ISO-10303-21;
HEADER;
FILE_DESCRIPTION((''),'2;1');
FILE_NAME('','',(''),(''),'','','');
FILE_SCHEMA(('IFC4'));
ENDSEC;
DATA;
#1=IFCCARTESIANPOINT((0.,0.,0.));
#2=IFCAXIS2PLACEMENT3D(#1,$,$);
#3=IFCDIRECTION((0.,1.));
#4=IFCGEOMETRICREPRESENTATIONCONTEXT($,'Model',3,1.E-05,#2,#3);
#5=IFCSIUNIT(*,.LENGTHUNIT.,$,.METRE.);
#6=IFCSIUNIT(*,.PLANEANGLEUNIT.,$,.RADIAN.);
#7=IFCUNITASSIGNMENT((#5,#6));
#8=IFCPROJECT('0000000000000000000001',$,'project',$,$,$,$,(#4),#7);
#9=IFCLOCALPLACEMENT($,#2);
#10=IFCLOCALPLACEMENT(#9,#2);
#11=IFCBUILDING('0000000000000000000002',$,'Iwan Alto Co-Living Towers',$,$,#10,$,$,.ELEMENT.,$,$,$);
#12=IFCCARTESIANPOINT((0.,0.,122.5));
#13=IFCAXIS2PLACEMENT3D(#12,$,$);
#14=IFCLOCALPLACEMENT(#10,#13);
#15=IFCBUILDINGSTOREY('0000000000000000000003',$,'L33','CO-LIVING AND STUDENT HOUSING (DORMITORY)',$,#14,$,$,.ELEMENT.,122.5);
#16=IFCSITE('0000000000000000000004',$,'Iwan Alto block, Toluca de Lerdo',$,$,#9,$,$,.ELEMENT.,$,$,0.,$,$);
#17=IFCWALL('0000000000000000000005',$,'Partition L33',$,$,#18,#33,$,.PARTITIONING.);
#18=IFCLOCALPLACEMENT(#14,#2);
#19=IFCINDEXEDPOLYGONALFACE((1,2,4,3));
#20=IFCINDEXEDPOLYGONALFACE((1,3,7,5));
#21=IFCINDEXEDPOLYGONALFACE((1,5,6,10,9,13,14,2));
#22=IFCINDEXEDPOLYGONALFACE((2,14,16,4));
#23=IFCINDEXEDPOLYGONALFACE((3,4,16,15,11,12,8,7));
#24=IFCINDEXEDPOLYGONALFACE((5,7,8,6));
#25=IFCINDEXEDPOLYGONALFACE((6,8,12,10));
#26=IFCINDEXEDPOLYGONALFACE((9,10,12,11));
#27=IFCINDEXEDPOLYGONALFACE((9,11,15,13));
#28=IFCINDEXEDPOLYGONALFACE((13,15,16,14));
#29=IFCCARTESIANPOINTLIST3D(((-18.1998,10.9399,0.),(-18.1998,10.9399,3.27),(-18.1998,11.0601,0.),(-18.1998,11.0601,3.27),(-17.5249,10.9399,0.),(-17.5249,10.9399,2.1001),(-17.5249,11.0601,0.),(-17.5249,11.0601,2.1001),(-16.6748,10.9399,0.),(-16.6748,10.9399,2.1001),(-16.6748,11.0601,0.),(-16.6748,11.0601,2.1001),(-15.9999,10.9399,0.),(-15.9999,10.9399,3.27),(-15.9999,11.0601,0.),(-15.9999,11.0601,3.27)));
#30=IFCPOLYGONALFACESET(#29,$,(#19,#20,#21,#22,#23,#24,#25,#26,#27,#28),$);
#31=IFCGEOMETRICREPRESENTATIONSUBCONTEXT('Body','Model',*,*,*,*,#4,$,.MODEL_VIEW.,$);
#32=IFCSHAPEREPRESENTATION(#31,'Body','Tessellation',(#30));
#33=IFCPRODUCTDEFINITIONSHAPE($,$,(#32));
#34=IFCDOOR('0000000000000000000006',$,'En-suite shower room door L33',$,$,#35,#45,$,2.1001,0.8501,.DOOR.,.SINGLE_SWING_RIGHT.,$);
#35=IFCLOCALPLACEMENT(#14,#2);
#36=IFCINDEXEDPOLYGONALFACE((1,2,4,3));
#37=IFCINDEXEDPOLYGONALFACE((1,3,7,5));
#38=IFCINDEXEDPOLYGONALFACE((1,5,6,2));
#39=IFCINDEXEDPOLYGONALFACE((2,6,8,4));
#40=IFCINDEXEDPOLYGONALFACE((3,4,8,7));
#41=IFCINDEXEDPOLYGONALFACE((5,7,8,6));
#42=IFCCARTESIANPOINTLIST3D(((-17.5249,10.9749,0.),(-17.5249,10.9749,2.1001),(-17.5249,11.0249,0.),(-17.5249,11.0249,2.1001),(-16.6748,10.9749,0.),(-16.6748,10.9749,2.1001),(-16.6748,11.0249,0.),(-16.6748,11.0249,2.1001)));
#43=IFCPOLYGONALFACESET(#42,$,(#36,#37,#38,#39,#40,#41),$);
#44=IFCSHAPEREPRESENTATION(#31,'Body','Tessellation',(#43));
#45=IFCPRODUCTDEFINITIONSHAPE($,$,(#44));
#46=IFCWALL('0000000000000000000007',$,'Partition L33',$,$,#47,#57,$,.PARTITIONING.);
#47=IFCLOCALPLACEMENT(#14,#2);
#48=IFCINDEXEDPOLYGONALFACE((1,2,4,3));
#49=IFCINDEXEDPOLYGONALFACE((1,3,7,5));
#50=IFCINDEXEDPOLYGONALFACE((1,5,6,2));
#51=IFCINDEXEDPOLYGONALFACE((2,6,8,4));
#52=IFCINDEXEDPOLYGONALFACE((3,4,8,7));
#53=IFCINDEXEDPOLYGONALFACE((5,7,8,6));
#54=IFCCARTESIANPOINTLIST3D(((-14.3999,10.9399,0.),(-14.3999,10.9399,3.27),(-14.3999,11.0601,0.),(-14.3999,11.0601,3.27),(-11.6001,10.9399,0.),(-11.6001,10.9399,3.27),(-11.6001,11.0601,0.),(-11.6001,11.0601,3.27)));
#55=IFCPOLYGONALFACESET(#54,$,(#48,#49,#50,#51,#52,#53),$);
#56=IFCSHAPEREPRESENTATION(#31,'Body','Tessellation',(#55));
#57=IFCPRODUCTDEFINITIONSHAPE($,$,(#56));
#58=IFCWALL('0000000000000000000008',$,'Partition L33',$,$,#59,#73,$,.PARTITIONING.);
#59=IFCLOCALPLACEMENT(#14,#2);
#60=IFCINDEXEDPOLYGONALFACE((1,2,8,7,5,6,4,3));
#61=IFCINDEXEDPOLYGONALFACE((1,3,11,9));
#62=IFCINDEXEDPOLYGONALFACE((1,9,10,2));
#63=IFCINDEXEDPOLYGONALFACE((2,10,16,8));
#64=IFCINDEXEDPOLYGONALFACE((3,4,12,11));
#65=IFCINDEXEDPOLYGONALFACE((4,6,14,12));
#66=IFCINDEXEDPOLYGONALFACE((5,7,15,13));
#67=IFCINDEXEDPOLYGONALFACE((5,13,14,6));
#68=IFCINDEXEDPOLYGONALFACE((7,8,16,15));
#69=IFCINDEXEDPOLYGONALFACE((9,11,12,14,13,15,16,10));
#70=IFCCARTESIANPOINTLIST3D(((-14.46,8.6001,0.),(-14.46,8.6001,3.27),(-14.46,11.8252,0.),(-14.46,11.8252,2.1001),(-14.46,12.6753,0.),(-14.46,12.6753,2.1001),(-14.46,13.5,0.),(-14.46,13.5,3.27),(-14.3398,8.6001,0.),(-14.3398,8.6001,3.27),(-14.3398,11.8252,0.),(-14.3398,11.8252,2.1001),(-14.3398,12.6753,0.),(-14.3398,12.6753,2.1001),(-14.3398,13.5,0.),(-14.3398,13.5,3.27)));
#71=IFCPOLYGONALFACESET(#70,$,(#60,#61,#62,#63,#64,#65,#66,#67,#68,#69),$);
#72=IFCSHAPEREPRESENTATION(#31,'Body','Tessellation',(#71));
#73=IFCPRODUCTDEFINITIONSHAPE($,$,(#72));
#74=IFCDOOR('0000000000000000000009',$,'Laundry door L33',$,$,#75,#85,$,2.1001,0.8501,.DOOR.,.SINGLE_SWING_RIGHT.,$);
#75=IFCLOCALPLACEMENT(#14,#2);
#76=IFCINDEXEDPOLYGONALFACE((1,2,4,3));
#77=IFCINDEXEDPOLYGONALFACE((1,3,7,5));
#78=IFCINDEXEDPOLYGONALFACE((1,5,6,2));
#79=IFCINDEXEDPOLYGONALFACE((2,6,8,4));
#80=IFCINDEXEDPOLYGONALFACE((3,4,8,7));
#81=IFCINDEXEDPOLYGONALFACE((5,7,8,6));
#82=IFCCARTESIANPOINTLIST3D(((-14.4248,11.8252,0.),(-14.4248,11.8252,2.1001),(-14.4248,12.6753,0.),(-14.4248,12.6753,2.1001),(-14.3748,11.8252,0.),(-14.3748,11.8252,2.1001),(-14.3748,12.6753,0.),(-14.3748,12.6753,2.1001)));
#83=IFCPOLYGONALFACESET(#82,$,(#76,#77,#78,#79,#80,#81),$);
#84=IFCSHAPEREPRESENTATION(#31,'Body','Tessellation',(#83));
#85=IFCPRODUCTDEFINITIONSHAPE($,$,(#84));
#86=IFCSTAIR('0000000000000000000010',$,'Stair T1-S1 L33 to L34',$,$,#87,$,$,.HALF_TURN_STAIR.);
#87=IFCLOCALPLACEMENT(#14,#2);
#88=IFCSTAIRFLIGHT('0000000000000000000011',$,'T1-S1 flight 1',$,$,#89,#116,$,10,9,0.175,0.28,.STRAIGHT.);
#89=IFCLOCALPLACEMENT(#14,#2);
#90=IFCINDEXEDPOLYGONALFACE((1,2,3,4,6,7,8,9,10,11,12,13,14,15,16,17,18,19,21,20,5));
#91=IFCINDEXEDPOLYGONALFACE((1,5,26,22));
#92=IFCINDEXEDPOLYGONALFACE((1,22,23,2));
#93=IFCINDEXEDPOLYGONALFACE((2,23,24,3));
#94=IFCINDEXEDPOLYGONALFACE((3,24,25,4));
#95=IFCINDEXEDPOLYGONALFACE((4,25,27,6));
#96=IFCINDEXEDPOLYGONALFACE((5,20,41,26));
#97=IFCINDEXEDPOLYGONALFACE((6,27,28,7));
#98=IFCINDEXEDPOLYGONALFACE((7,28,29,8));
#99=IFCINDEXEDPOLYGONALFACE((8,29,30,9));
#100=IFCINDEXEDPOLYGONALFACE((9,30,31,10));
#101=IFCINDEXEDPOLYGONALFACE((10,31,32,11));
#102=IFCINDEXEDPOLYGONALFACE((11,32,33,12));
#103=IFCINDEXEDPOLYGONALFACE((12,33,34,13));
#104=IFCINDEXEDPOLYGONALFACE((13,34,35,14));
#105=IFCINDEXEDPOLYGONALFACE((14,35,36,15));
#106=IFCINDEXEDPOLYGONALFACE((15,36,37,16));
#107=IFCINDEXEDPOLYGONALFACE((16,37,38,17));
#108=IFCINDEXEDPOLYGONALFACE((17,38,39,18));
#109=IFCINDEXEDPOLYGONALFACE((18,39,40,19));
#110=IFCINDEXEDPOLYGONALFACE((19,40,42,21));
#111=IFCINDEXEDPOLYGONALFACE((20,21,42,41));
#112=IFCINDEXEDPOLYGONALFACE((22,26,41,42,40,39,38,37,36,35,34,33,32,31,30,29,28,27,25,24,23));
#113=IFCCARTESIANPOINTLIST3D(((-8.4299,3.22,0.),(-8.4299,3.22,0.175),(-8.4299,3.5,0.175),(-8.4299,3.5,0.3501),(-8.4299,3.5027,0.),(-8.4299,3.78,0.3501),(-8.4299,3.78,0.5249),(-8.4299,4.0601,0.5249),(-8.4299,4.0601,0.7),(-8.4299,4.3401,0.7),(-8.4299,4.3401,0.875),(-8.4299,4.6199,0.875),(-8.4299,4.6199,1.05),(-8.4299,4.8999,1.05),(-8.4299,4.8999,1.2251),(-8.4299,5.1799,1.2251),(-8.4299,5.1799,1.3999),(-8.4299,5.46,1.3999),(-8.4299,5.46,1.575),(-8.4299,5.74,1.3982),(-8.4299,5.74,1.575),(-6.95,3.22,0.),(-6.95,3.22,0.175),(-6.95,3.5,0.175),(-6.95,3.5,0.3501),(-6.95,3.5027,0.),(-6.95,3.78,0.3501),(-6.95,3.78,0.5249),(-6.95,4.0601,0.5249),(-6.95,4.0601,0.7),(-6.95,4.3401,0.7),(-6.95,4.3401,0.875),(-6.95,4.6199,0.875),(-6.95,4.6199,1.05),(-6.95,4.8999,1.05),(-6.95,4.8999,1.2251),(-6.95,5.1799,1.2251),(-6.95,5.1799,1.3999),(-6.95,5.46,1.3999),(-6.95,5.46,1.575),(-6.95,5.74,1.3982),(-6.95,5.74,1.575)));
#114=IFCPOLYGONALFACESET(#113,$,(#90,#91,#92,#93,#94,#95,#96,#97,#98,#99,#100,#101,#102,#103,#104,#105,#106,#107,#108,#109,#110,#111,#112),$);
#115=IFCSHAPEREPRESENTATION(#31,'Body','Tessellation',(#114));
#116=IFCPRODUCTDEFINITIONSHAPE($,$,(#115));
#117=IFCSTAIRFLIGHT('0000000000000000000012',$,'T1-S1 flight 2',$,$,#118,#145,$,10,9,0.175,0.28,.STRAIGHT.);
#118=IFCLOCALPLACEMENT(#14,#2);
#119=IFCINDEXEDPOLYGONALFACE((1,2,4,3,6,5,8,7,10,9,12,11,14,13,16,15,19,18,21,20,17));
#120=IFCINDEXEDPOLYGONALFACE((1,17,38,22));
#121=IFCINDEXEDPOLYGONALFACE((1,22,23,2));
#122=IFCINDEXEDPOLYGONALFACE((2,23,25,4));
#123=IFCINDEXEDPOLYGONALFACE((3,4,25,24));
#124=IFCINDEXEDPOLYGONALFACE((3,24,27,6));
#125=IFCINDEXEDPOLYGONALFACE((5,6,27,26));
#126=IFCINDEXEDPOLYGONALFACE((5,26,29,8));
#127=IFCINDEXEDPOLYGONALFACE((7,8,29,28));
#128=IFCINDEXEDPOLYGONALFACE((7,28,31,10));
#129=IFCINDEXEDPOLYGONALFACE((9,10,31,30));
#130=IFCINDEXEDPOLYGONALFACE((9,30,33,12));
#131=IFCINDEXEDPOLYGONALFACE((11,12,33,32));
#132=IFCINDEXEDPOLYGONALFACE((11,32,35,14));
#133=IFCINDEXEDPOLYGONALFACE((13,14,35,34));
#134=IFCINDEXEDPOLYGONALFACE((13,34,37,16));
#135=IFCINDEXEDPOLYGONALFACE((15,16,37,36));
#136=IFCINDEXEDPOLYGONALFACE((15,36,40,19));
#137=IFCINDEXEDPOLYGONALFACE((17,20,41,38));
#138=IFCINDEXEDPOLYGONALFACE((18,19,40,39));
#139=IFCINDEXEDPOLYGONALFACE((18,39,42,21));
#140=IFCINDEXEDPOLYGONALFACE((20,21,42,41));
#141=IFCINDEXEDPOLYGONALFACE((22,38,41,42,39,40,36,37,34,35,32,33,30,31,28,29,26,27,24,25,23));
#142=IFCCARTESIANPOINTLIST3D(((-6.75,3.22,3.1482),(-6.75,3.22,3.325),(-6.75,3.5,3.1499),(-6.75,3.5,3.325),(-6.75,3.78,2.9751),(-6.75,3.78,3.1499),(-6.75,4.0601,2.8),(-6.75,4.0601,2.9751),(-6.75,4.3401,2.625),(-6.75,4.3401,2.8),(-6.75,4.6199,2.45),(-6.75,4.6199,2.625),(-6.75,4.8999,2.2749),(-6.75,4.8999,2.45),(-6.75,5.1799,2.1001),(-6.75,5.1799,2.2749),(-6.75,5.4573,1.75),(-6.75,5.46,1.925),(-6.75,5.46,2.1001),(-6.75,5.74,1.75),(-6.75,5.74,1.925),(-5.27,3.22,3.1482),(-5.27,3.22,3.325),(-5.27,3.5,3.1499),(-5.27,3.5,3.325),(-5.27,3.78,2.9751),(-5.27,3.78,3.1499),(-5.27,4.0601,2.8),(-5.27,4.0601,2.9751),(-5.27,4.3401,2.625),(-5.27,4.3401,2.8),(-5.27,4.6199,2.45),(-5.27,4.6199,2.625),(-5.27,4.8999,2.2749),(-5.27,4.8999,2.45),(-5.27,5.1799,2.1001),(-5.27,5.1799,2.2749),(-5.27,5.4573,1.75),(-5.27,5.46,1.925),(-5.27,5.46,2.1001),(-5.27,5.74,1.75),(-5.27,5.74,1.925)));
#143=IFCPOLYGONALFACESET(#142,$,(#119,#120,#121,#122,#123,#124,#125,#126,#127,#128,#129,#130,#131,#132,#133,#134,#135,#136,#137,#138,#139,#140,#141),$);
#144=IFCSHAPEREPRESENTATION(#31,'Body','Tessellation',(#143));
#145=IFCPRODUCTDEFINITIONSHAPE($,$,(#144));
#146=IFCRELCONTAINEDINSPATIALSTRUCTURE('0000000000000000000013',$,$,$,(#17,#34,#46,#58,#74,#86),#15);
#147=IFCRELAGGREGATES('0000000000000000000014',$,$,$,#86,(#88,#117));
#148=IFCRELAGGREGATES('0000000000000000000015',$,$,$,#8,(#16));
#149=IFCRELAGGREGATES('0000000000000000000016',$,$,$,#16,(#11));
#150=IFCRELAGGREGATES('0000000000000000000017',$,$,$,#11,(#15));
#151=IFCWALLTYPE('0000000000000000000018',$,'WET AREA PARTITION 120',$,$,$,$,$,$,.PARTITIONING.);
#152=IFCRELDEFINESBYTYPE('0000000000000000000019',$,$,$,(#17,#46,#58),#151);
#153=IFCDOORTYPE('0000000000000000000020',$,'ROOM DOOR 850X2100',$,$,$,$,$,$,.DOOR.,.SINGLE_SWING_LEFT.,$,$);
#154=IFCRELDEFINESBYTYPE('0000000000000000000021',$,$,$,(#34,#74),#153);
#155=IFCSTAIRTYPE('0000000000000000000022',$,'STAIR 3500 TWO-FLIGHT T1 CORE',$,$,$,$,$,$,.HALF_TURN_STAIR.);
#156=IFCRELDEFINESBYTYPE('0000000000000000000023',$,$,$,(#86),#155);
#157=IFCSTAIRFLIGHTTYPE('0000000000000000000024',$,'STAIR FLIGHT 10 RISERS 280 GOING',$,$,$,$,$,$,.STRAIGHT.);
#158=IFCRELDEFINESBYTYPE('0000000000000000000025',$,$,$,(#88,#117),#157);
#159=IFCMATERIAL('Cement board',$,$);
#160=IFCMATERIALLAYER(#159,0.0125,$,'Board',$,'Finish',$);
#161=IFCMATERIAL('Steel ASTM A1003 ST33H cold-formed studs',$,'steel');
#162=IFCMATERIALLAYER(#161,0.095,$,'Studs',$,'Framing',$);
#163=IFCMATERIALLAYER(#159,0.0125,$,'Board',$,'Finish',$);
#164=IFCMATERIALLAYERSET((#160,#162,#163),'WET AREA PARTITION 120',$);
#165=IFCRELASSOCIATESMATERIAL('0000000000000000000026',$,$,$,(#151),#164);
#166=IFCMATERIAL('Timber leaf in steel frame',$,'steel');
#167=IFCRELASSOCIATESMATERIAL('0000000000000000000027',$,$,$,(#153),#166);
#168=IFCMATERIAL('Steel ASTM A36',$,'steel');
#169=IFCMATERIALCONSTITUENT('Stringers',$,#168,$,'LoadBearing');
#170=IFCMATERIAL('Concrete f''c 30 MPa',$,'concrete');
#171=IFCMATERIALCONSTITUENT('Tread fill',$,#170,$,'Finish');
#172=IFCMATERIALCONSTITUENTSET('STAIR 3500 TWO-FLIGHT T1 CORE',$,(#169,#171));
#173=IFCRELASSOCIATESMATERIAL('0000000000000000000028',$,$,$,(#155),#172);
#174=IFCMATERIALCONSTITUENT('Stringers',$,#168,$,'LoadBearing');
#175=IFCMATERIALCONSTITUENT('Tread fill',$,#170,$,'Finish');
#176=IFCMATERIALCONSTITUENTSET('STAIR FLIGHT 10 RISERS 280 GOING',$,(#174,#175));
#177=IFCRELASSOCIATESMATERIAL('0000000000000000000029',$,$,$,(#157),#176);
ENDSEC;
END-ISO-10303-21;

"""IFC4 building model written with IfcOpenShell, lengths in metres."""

from ifc_helpers import new_model, si_unit, direction, frame, frame_2d, origin, place, context, subcontext, project, spatial, polyline, rectangle, outline, extrude, material, layer, layer_set, constituent, constituent_set, type_object, element, fill, aggregate, save


model = new_model("IFC4")

# Units and contexts
model_context = context("Model", 3, precision=1e-05, world=origin(), true_north=direction((0.0, 1.0)))
body_context = subcontext(model_context, "Body", "Model", "MODEL_VIEW")
ifc_project = project(units=[si_unit("LENGTHUNIT", "METRE"), si_unit("PLANEANGLEUNIT", "RADIAN")], contexts=[model_context])

# Site, building, storey
site_placement = place(None, origin())
site = spatial("IfcSite", under=ifc_project, at=site_placement, Name="Iwan Alto block, Toluca de Lerdo", CompositionType="ELEMENT", RefElevation=0.0)
building_placement = place(site_placement, origin())
building = spatial("IfcBuilding", under=site, at=building_placement, Name="Iwan Alto Co-Living Towers", CompositionType="ELEMENT")
storey_placement = place(building_placement, frame((0.0, 0.0, 122.5)))
storey = spatial("IfcBuildingStorey", under=building, at=storey_placement, Name="L33", Description="CO-LIVING AND STUDENT HOUSING (DORMITORY)", CompositionType="ELEMENT", Elevation=122.5)

# Shared definitions
ifc_material_1 = material(Name="Steel ASTM A1003 ST33H cold-formed studs", Category="steel")

# Wall, opening, door
ifc_material_2 = material(Name="Cement board")
ifc_layer_1 = layer(ifc_material_2, 0.0125, Name="Board", Category="Finish")
ifc_layer_2 = layer(ifc_material_1, 0.095, Name="Studs", Category="Framing")
ifc_layer_3 = layer(ifc_material_2, 0.0125, Name="Board", Category="Finish")
ifc_layer_set_1 = layer_set([ifc_layer_1, ifc_layer_2, ifc_layer_3], Name="WET AREA PARTITION 120")
wall_type_1 = type_object("IfcWallType", Name="WET AREA PARTITION 120", PredefinedType="PARTITIONING", material=ifc_layer_set_1)
ifc_material_3 = material(Name="Timber leaf in steel frame", Category="steel")
door_type_1 = type_object("IfcDoorType", Name="ROOM DOOR 850X2100", OperationType="SINGLE_SWING_LEFT", PredefinedType="DOOR", material=ifc_material_3)
wall_1_placement = place(storey_placement, frame((-18.2, 11.0, 0.0), z_axis=(0.0, 0.0, 1.0), x_axis=(1.0, 0.0, 0.0)))
wall_1 = element("IfcWall", 1, at=wall_1_placement, inside=storey, type_object=wall_type_1, Name="Partition L33", PredefinedType="PARTITIONING", context=body_context, shape_type="SweptSolid", body=[
    extrude(rectangle(XDim=2.2, YDim=0.1201, at=frame_2d((1.1001, 0.0))), origin(), (0.0, 0.0, 1.0), 3.27),
])
opening_1_placement = place(wall_1_placement, frame((0.675, 0.0, 0.0)))
opening_1 = element("IfcOpeningElement", 2, at=opening_1_placement, cuts=wall_1, PredefinedType="OPENING", context=body_context, shape_type="SweptSolid", body=[
    extrude(rectangle(XDim=0.8501, YDim=2.1001, at=frame_2d((0.425, 1.05))), frame((0.0, 0.0701, 0.0), z_axis=(0.0, -1.0, 0.0), x_axis=(1.0, 0.0, 0.0)), (0.0, 0.0, 1.0), 0.1401),
])
door_1_placement = place(opening_1_placement, origin())
door_1 = element("IfcDoor", 3, at=door_1_placement, inside=storey, type_object=door_type_1, Name="En-suite shower room door L33", OperationType="SINGLE_SWING_RIGHT", OverallHeight=2.1001, OverallWidth=0.8501, PredefinedType="DOOR", context=body_context, shape_type="SweptSolid", body=[
    extrude(rectangle(XDim=0.8501, YDim=2.1001, at=frame_2d((0.425, 1.05))), frame((0.0, 0.0249, 0.0), z_axis=(0.0, -1.0, 0.0), x_axis=(1.0, 0.0, 0.0)), (0.0, 0.0, 1.0), 0.05),
])
fill(opening_1, door_1)

# Wall
wall_2_placement = place(storey_placement, frame((-14.3999, 11.0, 0.0), z_axis=(0.0, 0.0, 1.0), x_axis=(1.0, 0.0, 0.0)))
element("IfcWall", 4, at=wall_2_placement, inside=storey, type_object=wall_type_1, Name="Partition L33", PredefinedType="PARTITIONING", context=body_context, shape_type="SweptSolid", body=[
    extrude(rectangle(XDim=2.7998, YDim=0.1201, at=frame_2d((1.3999, 0.0))), origin(), (0.0, 0.0, 1.0), 3.27),
])

# Wall, opening, door
wall_3_placement = place(storey_placement, frame((-14.3999, 8.6001, 0.0), z_axis=(0.0, 0.0, 1.0), x_axis=(0.0, 1.0, 0.0)))
wall_3 = element("IfcWall", 5, at=wall_3_placement, inside=storey, type_object=wall_type_1, Name="Partition L33", PredefinedType="PARTITIONING", context=body_context, shape_type="SweptSolid", body=[
    extrude(rectangle(XDim=4.8999, YDim=0.1201, at=frame_2d((2.45, 0.0))), origin(), (0.0, 0.0, 1.0), 3.27),
])
opening_2_placement = place(wall_3_placement, frame((3.2251, 0.0, 0.0)))
opening_2 = element("IfcOpeningElement", 6, at=opening_2_placement, cuts=wall_3, PredefinedType="OPENING", context=body_context, shape_type="SweptSolid", body=[
    extrude(rectangle(XDim=0.8501, YDim=2.1001, at=frame_2d((0.425, 1.05))), frame((0.0, 0.0701, 0.0), z_axis=(0.0, -1.0, 0.0), x_axis=(1.0, 0.0, 0.0)), (0.0, 0.0, 1.0), 0.1401),
])
door_2_placement = place(opening_2_placement, origin())
door_2 = element("IfcDoor", 7, at=door_2_placement, inside=storey, type_object=door_type_1, Name="Laundry door L33", OperationType="SINGLE_SWING_RIGHT", OverallHeight=2.1001, OverallWidth=0.8501, PredefinedType="DOOR", context=body_context, shape_type="SweptSolid", body=[
    extrude(rectangle(XDim=0.8501, YDim=2.1001, at=frame_2d((0.425, 1.05))), frame((0.0, 0.0249, 0.0), z_axis=(0.0, -1.0, 0.0), x_axis=(1.0, 0.0, 0.0)), (0.0, 0.0, 1.0), 0.05),
])
fill(opening_2, door_2)

# Stair, stair flights
ifc_material_4 = material(Name="Steel ASTM A36", Category="steel")
ifc_constituent_1 = constituent(ifc_material_4, Name="Stringers", Category="LoadBearing")
ifc_material_5 = material(Name="Concrete f'c 30 MPa", Category="concrete")
ifc_constituent_2 = constituent(ifc_material_5, Name="Tread fill", Category="Finish")
ifc_constituent_set_1 = constituent_set(constituents=[ifc_constituent_1, ifc_constituent_2], Name="STAIR 3500 TWO-FLIGHT T1 CORE")
stair_type = type_object("IfcStairType", Name="STAIR 3500 TWO-FLIGHT T1 CORE", PredefinedType="HALF_TURN_STAIR", material=ifc_constituent_set_1)
stair_placement = place(storey_placement, origin())
stair = element("IfcStair", 8, at=stair_placement, inside=storey, type_object=stair_type, Name="Stair T1-S1 L33 to L34", PredefinedType="HALF_TURN_STAIR")
ifc_constituent_3 = constituent(ifc_material_4, Name="Stringers", Category="LoadBearing")
ifc_constituent_4 = constituent(ifc_material_5, Name="Tread fill", Category="Finish")
ifc_constituent_set_2 = constituent_set(constituents=[ifc_constituent_3, ifc_constituent_4], Name="STAIR FLIGHT 10 RISERS 280 GOING")
stair_flight_type = type_object("IfcStairFlightType", Name="STAIR FLIGHT 10 RISERS 280 GOING", PredefinedType="STRAIGHT", material=ifc_constituent_set_2)
stair_flight_1_placement = place(storey_placement, frame((-7.6899, 3.22, 0.0), z_axis=(0.0, 0.0, 1.0), x_axis=(0.0, 1.0, 0.0)))
stair_flight_1 = element("IfcStairFlight", 9, at=stair_flight_1_placement, type_object=stair_flight_type, Name="T1-S1 flight 1", NumberOfRisers=10, NumberOfTreads=9, PredefinedType="STRAIGHT", RiserHeight=0.175, TreadLength=0.28, context=body_context, shape_type="SweptSolid", body=[
    extrude(outline(polyline([(0.0, 0.0), (0.0, 0.175), (0.28, 0.175), (0.28, 0.3501), (0.5601, 0.3501), (0.5601, 0.5249), (0.8401, 0.5249), (0.8401, 0.7), (1.1201, 0.7), (1.1201, 0.875), (1.3999, 0.875), (1.3999, 1.05), (1.6799, 1.05), (1.6799, 1.2251), (1.96, 1.2251), (1.96, 1.3999), (2.24, 1.3999), (2.24, 1.575), (2.52, 1.575), (2.52, 1.75), (2.52, 1.3982), (0.2827, 0.0), (0.0, 0.0)])), frame((0.0, 0.74, 0.0), z_axis=(0.0, -1.0, 0.0), x_axis=(1.0, 0.0, 0.0)), (0.0, 0.0, 1.0), 1.48),
])
stair_flight_2_placement = place(storey_placement, frame((-6.01, 5.74, 1.75), z_axis=(0.0, 0.0, 1.0), x_axis=(0.0, -1.0, 0.0)))
stair_flight_2 = element("IfcStairFlight", 10, at=stair_flight_2_placement, type_object=stair_flight_type, Name="T1-S1 flight 2", NumberOfRisers=10, NumberOfTreads=9, PredefinedType="STRAIGHT", RiserHeight=0.175, TreadLength=0.28, context=body_context, shape_type="SweptSolid", body=[
    extrude(outline(polyline([(0.0, 0.0), (0.0, 0.175), (0.28, 0.175), (0.28, 0.3501), (0.5601, 0.3501), (0.5601, 0.5249), (0.8401, 0.5249), (0.8401, 0.7), (1.1201, 0.7), (1.1201, 0.875), (1.3999, 0.875), (1.3999, 1.05), (1.6799, 1.05), (1.6799, 1.2251), (1.96, 1.2251), (1.96, 1.3999), (2.24, 1.3999), (2.24, 1.575), (2.52, 1.575), (2.52, 1.75), (2.52, 1.3982), (0.2827, 0.0), (0.0, 0.0)])), frame((0.0, 0.74, 0.0), z_axis=(0.0, -1.0, 0.0), x_axis=(1.0, 0.0, 0.0)), (0.0, 0.0, 1.0), 1.48),
])
aggregate(stair, [stair_flight_1, stair_flight_2])

save(model, "model.ifc")
